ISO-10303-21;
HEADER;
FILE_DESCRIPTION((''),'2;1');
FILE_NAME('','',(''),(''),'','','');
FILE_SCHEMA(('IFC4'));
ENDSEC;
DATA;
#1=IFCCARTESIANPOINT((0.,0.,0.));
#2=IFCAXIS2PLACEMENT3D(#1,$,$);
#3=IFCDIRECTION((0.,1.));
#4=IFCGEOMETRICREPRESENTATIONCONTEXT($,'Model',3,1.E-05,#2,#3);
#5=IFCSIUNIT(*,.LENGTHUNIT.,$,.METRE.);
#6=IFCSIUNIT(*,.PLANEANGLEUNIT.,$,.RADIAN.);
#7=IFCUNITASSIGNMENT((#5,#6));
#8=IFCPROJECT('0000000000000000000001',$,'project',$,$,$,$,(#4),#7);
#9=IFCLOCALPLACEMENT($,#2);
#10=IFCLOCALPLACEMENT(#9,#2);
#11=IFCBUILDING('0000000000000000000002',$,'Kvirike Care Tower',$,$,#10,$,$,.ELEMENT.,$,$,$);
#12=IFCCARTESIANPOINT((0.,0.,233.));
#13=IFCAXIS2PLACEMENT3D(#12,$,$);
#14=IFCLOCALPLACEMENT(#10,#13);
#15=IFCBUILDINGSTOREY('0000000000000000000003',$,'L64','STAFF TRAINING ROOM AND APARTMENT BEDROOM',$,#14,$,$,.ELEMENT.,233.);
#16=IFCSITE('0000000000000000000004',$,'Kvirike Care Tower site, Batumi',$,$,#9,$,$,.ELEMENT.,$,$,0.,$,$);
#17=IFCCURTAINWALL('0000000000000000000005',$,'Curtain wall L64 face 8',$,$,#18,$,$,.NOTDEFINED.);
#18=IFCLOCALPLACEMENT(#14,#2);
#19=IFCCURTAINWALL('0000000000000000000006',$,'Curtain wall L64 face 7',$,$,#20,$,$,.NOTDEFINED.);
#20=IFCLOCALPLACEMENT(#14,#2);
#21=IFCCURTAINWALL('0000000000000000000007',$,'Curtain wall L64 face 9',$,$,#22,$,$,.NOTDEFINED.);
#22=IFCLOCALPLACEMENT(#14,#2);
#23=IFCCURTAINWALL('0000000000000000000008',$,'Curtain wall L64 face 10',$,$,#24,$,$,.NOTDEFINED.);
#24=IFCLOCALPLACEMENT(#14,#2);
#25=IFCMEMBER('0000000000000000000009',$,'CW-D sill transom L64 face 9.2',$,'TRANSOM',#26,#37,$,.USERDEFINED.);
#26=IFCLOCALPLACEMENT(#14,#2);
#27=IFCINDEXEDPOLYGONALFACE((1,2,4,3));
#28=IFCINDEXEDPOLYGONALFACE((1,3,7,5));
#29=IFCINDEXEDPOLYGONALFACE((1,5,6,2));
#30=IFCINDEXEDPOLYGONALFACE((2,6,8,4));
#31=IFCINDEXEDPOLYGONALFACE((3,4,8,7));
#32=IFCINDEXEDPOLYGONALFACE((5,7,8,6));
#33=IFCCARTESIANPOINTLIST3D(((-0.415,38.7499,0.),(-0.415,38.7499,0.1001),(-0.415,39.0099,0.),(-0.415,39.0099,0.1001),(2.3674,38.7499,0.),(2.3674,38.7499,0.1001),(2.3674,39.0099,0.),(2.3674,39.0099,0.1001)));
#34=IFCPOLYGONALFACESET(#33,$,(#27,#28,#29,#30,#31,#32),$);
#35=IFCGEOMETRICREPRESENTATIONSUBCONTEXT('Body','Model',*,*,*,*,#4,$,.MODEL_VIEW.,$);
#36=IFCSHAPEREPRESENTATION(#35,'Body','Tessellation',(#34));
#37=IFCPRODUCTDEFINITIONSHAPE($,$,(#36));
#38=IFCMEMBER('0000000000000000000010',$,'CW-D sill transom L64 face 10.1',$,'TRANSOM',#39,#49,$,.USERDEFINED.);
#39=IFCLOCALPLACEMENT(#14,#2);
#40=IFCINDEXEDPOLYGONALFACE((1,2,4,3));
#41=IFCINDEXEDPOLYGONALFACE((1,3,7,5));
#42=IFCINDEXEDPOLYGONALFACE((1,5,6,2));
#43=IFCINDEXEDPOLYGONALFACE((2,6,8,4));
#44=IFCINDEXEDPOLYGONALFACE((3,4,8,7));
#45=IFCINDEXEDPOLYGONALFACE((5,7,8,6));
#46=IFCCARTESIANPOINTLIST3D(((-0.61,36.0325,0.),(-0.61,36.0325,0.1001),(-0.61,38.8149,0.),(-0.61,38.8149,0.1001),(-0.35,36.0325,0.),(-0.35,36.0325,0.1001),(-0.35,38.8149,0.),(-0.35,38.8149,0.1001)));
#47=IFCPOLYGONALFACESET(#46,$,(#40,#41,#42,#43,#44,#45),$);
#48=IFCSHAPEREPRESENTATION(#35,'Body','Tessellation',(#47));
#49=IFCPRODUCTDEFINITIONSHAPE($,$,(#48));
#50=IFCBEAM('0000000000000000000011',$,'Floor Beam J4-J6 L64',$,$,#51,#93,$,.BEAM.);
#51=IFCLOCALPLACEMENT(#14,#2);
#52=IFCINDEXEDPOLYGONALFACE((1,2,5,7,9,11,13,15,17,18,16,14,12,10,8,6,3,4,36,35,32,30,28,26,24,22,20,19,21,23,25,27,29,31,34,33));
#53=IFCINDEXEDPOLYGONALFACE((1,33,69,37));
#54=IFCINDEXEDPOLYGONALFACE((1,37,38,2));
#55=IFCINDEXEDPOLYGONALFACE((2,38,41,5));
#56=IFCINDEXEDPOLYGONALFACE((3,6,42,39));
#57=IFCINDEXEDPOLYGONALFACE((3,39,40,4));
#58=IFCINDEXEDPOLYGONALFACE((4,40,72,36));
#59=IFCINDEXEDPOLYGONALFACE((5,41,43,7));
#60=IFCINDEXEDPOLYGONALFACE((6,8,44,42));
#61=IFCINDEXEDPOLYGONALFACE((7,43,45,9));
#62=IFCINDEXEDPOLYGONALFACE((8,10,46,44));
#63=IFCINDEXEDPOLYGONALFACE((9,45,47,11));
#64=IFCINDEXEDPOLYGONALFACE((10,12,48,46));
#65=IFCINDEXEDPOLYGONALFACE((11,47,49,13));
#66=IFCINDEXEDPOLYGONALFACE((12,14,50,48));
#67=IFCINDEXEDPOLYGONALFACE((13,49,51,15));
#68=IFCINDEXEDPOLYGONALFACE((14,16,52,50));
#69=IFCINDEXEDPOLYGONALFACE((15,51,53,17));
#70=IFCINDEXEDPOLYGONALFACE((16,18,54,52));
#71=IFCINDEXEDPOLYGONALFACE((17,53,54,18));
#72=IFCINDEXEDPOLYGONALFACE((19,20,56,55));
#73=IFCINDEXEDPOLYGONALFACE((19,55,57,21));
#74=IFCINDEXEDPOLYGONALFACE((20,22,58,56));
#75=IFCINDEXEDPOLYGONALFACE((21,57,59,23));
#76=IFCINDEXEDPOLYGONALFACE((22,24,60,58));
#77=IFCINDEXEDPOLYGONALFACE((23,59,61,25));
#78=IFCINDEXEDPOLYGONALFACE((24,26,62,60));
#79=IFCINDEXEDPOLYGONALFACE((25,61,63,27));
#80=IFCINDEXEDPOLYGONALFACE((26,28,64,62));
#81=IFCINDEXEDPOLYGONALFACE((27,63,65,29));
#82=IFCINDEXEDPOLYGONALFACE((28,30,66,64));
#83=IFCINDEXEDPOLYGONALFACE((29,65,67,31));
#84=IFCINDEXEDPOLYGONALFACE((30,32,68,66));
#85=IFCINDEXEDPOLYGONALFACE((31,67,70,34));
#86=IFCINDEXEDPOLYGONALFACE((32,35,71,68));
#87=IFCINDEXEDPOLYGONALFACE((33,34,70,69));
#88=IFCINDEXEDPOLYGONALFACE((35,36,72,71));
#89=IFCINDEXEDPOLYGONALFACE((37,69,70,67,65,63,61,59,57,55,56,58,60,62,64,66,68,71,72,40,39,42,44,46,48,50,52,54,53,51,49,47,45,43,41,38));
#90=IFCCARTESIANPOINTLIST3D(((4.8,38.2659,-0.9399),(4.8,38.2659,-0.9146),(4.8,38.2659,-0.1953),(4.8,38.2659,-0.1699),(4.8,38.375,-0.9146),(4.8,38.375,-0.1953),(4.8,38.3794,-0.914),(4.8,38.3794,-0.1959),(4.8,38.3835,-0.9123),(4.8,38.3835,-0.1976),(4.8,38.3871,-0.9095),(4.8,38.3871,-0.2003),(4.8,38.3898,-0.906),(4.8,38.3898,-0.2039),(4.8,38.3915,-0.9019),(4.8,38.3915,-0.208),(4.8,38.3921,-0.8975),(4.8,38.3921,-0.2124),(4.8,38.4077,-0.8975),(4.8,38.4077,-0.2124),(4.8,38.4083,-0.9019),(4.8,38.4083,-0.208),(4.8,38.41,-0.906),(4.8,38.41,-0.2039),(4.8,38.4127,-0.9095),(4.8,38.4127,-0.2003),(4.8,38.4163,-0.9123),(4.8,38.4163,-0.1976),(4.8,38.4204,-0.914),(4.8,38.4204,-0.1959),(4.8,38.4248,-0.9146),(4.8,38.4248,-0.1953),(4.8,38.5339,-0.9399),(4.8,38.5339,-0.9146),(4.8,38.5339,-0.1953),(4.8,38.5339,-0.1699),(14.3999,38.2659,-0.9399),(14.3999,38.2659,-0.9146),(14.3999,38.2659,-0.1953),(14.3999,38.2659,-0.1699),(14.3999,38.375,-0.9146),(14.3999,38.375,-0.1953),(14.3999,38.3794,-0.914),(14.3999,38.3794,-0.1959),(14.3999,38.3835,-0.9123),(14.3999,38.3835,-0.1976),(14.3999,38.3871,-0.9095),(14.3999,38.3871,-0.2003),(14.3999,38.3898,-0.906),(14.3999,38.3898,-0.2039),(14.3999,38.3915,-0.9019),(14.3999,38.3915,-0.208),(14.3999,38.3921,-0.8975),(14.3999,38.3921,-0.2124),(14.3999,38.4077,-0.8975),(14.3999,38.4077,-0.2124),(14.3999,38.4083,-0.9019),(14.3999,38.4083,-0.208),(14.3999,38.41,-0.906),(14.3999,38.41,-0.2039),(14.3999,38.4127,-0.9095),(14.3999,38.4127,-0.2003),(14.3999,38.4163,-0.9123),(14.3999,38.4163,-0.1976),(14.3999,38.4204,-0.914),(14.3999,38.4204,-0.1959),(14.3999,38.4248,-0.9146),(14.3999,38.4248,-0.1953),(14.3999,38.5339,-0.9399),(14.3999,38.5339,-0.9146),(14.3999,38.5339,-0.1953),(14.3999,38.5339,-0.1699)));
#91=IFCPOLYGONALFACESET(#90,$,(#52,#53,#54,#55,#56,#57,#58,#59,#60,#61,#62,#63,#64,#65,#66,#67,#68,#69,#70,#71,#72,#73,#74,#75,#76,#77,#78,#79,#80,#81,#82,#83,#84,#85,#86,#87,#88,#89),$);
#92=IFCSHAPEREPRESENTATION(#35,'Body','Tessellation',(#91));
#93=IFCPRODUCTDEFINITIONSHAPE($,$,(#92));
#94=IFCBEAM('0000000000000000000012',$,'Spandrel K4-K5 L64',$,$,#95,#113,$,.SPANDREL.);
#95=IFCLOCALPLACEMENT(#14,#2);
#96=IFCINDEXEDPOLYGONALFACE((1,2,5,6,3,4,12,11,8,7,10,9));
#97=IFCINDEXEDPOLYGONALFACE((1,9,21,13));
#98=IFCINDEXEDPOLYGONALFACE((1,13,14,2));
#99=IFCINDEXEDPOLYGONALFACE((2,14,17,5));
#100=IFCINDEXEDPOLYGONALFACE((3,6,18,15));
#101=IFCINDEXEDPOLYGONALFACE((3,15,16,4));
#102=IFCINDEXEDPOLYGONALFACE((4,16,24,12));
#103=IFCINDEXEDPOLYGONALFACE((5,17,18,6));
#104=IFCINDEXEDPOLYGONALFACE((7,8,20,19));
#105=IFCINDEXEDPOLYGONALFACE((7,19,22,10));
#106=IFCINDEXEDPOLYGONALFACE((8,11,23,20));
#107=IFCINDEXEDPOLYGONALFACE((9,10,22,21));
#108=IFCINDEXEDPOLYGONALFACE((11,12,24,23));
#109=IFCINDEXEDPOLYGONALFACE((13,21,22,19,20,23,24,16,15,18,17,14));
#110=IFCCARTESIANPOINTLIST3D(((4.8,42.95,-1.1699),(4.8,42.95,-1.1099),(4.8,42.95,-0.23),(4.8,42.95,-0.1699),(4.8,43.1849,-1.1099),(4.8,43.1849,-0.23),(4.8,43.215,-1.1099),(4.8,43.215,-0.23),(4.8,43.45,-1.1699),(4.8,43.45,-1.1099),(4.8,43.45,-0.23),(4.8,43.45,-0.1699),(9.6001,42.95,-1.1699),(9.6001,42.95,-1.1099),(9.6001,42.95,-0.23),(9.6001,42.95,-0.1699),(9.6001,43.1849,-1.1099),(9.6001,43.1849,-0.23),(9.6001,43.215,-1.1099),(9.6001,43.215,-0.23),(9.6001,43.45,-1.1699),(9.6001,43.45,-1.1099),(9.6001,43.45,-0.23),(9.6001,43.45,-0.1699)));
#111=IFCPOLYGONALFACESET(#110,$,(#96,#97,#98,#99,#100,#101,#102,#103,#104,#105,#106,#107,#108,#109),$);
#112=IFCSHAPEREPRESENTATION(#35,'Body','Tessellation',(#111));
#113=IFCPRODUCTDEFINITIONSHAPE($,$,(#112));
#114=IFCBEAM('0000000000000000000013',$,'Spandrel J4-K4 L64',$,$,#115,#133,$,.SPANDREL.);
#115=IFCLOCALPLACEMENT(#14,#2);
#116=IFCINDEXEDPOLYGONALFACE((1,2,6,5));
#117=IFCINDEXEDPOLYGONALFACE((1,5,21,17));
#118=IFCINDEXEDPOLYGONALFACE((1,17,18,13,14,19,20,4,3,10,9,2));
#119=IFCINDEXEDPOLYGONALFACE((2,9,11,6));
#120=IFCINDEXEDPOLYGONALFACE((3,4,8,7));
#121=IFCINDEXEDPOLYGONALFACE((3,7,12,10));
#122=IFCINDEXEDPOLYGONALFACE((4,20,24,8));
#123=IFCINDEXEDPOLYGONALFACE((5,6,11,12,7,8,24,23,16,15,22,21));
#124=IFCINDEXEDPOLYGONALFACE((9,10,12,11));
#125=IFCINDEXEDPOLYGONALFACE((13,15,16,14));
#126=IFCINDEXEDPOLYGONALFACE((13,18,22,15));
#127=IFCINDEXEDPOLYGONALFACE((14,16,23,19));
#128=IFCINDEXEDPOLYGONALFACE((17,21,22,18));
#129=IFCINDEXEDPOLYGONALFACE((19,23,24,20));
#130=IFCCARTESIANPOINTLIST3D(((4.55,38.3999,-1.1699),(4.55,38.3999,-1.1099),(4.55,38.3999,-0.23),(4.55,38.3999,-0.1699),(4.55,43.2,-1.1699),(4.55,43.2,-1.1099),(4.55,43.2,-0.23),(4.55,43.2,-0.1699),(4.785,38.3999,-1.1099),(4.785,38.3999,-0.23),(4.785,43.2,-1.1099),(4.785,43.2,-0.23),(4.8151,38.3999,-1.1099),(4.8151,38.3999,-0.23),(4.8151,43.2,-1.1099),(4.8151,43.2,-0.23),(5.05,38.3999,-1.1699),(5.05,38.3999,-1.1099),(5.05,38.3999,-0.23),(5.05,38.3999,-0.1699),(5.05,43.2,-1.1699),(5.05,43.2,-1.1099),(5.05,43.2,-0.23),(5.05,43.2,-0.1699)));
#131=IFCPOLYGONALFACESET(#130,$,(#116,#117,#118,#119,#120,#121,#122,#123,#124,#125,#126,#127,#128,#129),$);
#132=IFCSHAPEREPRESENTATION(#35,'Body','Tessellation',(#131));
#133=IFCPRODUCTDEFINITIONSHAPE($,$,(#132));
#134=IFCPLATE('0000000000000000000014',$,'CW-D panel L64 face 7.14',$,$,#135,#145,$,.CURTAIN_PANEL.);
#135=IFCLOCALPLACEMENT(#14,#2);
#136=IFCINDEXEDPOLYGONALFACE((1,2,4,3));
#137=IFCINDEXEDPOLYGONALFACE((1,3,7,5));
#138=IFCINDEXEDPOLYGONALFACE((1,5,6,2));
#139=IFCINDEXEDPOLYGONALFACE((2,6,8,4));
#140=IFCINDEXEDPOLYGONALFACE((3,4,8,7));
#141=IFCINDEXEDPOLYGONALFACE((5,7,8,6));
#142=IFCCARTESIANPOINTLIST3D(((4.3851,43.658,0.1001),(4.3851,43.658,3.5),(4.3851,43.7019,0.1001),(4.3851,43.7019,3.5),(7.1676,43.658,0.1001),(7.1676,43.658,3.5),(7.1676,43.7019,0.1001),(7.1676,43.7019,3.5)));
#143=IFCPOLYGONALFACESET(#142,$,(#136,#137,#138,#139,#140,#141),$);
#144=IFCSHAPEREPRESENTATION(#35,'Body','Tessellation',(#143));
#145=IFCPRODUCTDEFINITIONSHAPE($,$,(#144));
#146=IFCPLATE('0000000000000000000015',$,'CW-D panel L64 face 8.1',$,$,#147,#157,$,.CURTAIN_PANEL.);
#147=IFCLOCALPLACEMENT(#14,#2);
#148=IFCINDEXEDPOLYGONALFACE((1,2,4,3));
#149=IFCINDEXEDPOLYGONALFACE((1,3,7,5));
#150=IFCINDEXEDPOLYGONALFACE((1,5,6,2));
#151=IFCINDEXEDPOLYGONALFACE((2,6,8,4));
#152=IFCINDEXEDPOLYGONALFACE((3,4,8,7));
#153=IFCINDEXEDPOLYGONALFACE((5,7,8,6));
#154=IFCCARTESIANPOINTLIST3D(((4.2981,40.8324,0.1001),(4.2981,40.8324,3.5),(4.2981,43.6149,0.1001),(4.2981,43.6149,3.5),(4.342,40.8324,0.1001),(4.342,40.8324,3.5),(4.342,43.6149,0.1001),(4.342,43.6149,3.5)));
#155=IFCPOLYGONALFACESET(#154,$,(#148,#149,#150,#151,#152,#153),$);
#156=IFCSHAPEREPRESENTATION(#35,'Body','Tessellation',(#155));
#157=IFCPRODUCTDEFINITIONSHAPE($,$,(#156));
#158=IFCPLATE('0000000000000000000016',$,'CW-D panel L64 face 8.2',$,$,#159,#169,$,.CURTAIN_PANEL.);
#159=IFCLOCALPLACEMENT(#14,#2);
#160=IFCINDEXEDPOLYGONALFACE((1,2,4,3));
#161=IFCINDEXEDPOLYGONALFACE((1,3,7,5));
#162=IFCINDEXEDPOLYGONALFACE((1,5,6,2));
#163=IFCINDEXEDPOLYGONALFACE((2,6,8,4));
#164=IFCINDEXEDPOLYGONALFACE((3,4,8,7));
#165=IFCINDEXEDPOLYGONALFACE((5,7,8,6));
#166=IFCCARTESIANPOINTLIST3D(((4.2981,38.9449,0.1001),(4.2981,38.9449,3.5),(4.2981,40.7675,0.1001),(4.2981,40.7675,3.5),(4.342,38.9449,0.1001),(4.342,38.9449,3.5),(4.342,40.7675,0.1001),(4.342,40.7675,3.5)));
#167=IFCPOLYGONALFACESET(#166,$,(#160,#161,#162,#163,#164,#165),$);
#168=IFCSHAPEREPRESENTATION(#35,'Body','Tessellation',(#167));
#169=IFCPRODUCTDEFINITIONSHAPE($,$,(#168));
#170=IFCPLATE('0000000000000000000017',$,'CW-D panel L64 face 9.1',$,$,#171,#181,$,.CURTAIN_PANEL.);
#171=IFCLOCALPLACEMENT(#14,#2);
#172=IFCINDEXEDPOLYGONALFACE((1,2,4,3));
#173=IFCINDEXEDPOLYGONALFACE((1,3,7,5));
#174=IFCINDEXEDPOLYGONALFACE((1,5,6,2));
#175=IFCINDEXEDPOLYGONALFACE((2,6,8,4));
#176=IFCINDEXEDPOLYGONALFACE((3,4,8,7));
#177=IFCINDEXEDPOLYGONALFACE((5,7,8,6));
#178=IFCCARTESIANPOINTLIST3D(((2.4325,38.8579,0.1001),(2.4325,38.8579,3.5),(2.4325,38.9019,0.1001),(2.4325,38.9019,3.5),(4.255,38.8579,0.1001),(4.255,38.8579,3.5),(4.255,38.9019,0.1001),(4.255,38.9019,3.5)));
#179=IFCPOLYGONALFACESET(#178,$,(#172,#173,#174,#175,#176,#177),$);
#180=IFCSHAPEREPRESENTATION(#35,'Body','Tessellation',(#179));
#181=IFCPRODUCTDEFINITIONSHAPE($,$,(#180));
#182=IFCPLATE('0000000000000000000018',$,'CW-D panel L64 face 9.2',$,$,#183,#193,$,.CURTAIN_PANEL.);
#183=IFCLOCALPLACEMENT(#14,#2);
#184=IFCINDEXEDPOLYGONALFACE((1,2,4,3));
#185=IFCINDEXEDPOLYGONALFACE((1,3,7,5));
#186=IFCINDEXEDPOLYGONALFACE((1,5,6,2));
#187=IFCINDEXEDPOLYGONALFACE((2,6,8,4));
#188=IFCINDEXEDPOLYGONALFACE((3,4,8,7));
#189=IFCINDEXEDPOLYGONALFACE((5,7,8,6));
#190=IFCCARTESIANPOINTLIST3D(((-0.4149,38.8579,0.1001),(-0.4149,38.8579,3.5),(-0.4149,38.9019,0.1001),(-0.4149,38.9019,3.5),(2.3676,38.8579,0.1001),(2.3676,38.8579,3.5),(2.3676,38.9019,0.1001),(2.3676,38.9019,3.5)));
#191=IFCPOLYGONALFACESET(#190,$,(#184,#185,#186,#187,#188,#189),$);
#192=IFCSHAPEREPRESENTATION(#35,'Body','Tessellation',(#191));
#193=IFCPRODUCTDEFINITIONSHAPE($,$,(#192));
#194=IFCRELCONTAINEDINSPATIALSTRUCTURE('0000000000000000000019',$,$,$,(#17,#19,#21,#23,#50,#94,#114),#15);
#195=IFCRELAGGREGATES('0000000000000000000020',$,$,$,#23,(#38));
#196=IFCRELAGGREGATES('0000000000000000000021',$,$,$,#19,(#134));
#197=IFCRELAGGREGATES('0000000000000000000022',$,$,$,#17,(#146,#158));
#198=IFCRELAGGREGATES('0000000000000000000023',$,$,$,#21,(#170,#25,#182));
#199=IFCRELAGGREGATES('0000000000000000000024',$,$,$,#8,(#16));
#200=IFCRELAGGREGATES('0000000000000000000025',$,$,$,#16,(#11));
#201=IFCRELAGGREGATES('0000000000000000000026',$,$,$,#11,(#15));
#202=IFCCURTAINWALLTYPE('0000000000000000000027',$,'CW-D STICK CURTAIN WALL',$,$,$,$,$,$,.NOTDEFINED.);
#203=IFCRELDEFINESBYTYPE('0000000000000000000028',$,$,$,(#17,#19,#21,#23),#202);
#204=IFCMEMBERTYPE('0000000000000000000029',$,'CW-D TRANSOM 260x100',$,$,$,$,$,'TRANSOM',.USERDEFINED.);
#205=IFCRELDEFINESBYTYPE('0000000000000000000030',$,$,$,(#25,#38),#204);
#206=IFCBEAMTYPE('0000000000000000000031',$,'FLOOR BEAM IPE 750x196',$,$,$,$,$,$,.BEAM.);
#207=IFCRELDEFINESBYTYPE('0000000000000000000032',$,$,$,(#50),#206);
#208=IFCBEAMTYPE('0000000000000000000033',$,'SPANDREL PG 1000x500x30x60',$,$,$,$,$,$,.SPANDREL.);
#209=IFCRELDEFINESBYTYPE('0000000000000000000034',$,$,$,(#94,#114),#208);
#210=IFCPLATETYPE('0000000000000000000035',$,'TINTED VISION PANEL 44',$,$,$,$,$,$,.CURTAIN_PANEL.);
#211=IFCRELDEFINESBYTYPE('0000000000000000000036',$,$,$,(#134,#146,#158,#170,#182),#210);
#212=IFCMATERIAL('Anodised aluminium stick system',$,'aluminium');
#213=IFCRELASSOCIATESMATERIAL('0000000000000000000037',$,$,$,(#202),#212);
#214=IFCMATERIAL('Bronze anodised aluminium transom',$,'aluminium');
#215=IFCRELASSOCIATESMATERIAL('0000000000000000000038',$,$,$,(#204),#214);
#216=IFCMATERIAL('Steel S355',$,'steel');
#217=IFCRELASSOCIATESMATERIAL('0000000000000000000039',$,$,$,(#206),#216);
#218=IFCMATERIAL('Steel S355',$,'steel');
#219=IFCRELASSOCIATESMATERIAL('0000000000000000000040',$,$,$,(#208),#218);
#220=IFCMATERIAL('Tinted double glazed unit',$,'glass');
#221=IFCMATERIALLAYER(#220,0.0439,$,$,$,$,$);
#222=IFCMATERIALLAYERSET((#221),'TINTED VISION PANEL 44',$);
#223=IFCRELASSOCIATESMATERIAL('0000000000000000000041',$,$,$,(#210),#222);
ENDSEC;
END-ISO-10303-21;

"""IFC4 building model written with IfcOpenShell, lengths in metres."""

from ifc_helpers import new_model, si_unit, direction, frame, origin, origin_2d, place, context, subcontext, project, spatial, rectangle, i_section, extrude, material, layer, layer_set, material_profile, profile_set, type_object, element, aggregate, save


model = new_model("IFC4")

# Units and contexts
model_context = context("Model", 3, precision=1e-05, world=origin(), true_north=direction((0.0, 1.0)))
body_context = subcontext(model_context, "Body", "Model", "MODEL_VIEW")
ifc_project = project(units=[si_unit("LENGTHUNIT", "METRE"), si_unit("PLANEANGLEUNIT", "RADIAN")], contexts=[model_context])

# Site, building, storey
site_placement = place(None, origin())
site = spatial("IfcSite", under=ifc_project, at=site_placement, Name="Kvirike Care Tower site, Batumi", CompositionType="ELEMENT", RefElevation=0.0)
building_placement = place(site_placement, origin())
building = spatial("IfcBuilding", under=site, at=building_placement, Name="Kvirike Care Tower", CompositionType="ELEMENT")
storey_placement = place(building_placement, frame((0.0, 0.0, 233.0)))
storey = spatial("IfcBuildingStorey", under=building, at=storey_placement, Name="L64", Description="STAFF TRAINING ROOM AND APARTMENT BEDROOM", CompositionType="ELEMENT", Elevation=233.0)

# Curtain walls
ifc_material_1 = material(Name="Anodised aluminium stick system", Category="aluminium")
curtain_wall_type = type_object("IfcCurtainWallType", Name="CW-D STICK CURTAIN WALL", PredefinedType="NOTDEFINED", material=ifc_material_1)
curtain_wall_1_placement = place(storey_placement, origin())
curtain_wall_1 = element("IfcCurtainWall", 1, at=curtain_wall_1_placement, inside=storey, type_object=curtain_wall_type, Name="Curtain wall L64 face 8", PredefinedType="NOTDEFINED")
curtain_wall_2_placement = place(storey_placement, origin())
curtain_wall_2 = element("IfcCurtainWall", 2, at=curtain_wall_2_placement, inside=storey, type_object=curtain_wall_type, Name="Curtain wall L64 face 7", PredefinedType="NOTDEFINED")

# Curtain wall
curtain_wall_3_placement = place(storey_placement, origin())
curtain_wall_3 = element("IfcCurtainWall", 3, at=curtain_wall_3_placement, inside=storey, type_object=curtain_wall_type, Name="Curtain wall L64 face 9", PredefinedType="NOTDEFINED")

# Curtain wall
curtain_wall_4_placement = place(storey_placement, origin())
curtain_wall_4 = element("IfcCurtainWall", 4, at=curtain_wall_4_placement, inside=storey, type_object=curtain_wall_type, Name="Curtain wall L64 face 10", PredefinedType="NOTDEFINED")

# Members
ifc_material_2 = material(Name="Bronze anodised aluminium transom", Category="aluminium")
ifc_material_profile_1 = material_profile(ifc_material_2, rectangle(XDim=0.26, YDim=0.1001, at=origin_2d()), Name="CW-D TRANSOM 260x100")
ifc_profile_set_1 = profile_set([ifc_material_profile_1], Name="Bronze anodised aluminium transom")
member_type_1 = type_object("IfcMemberType", Name="CW-D TRANSOM 260x100", ElementType="TRANSOM", PredefinedType="USERDEFINED", material=ifc_profile_set_1)
member_1_placement = place(storey_placement, frame((2.3674, 38.8799, 0.05), z_axis=(-1.0, 0.0, 0.0), x_axis=(0.0, -1.0, 0.0)))
member_1 = element("IfcMember", 5, at=member_1_placement, type_object=member_type_1, Name="CW-D sill transom L64 face 9.2", ObjectType="TRANSOM", PredefinedType="USERDEFINED", context=body_context, shape_type="SweptSolid", body=[
    extrude(rectangle(XDim=0.26, YDim=0.1001, at=origin_2d()), origin(), (0.0, 0.0, 1.0), 2.7825),
])
member_2_placement = place(storey_placement, frame((-0.48, 38.8149, 0.05), z_axis=(0.0, -1.0, 0.0), x_axis=(1.0, 0.0, 0.0)))
member_2 = element("IfcMember", 6, at=member_2_placement, type_object=member_type_1, Name="CW-D sill transom L64 face 10.1", ObjectType="TRANSOM", PredefinedType="USERDEFINED", context=body_context, shape_type="SweptSolid", body=[
    extrude(rectangle(XDim=0.26, YDim=0.1001, at=origin_2d()), origin(), (0.0, 0.0, 1.0), 2.7825),
])
aggregate(curtain_wall_4, [member_2])

# Beams
ifc_material_3 = material(Name="Steel S355", Category="steel")
ifc_material_profile_2 = material_profile(ifc_material_3, i_section(OverallWidth=0.2681, OverallDepth=0.77, WebThickness=0.0156, FlangeThickness=0.0254, FilletRadius=0.0171, at=origin_2d()), Name="IPE 750x196")
ifc_profile_set_2 = profile_set([ifc_material_profile_2], Name="Steel S355")
beam_type_1 = type_object("IfcBeamType", Name="FLOOR BEAM IPE 750x196", PredefinedType="BEAM", material=ifc_profile_set_2)
beam_placement = place(storey_placement, frame((4.8, 38.3999, -0.5549), z_axis=(1.0, 0.0, 0.0), x_axis=(0.0, 1.0, 0.0)))
element("IfcBeam", 7, at=beam_placement, inside=storey, type_object=beam_type_1, Name="Floor Beam J4-J6 L64", PredefinedType="BEAM", context=body_context, shape_type="SweptSolid", body=[
    extrude(i_section(OverallWidth=0.2681, OverallDepth=0.77, WebThickness=0.0156, FlangeThickness=0.0254, FilletRadius=0.0171, at=origin_2d()), origin(), (0.0, 0.0, 1.0), 9.5999),
])
ifc_material_4 = material(Name="Steel S355", Category="steel")
ifc_material_profile_3 = material_profile(ifc_material_4, i_section(OverallWidth=0.5, OverallDepth=1.0, WebThickness=0.03, FlangeThickness=0.0601, at=origin_2d()), Name="PG 1000x500x30x60")
ifc_profile_set_3 = profile_set([ifc_material_profile_3], Name="Steel S355")
beam_type_2 = type_object("IfcBeamType", Name="SPANDREL PG 1000x500x30x60", PredefinedType="SPANDREL", material=ifc_profile_set_3)
for number, where, z_axis, x_axis, name in (
    (8, (4.8, 43.2, -0.6699), (1.0, 0.0, 0.0), (0.0, 1.0, 0.0), "Spandrel K4-K5 L64"),
    (9, (4.8, 38.3999, -0.6699), (0.0, 1.0, 0.0), (-1.0, 0.0, 0.0), "Spandrel J4-K4 L64"),
):
    element("IfcBeam", number, at=place(storey_placement, frame(where, z_axis=z_axis, x_axis=x_axis)), inside=storey, type_object=beam_type_2, Name=name, PredefinedType="SPANDREL", context=body_context, shape_type="SweptSolid", body=[
        extrude(i_section(OverallWidth=0.5, OverallDepth=1.0, WebThickness=0.03, FlangeThickness=0.0601, at=origin_2d()), origin(), (0.0, 0.0, 1.0), 4.8),
    ])

# Plates
ifc_material_5 = material(Name="Tinted double glazed unit", Category="glass")
ifc_layer_1 = layer(ifc_material_5, 0.0439)
ifc_layer_set_1 = layer_set([ifc_layer_1], Name="TINTED VISION PANEL 44")
plate_type = type_object("IfcPlateType", Name="TINTED VISION PANEL 44", PredefinedType="CURTAIN_PANEL", material=ifc_layer_set_1)
plate_1_placement = place(storey_placement, frame((5.7764, 43.6799, 0.1001), z_axis=(0.0, 0.0, 1.0), x_axis=(-1.0, 0.0, 0.0)))
plate_1 = element("IfcPlate", 10, at=plate_1_placement, type_object=plate_type, Name="CW-D panel L64 face 7.14", PredefinedType="CURTAIN_PANEL", context=body_context, shape_type="SweptSolid", body=[
    extrude(rectangle(XDim=2.7825, YDim=0.0439, at=origin_2d()), origin(), (0.0, 0.0, 1.0), 3.3999),
])
aggregate(curtain_wall_2, [plate_1])
plate_2_placement = place(storey_placement, frame((4.3201, 42.2236, 0.1001), z_axis=(0.0, 0.0, 1.0), x_axis=(0.0, -1.0, 0.0)))
plate_2 = element("IfcPlate", 11, at=plate_2_placement, type_object=plate_type, Name="CW-D panel L64 face 8.1", PredefinedType="CURTAIN_PANEL", context=body_context, shape_type="SweptSolid", body=[
    extrude(rectangle(XDim=2.7825, YDim=0.0439, at=origin_2d()), origin(), (0.0, 0.0, 1.0), 3.3999),
])
plate_3_placement = place(storey_placement, frame((4.3201, 39.8562, 0.1001), z_axis=(0.0, 0.0, 1.0), x_axis=(0.0, -1.0, 0.0)))
plate_3 = element("IfcPlate", 12, at=plate_3_placement, type_object=plate_type, Name="CW-D panel L64 face 8.2", PredefinedType="CURTAIN_PANEL", context=body_context, shape_type="SweptSolid", body=[
    extrude(rectangle(XDim=1.8225, YDim=0.0439, at=origin_2d()), origin(), (0.0, 0.0, 1.0), 3.3999),
])
aggregate(curtain_wall_1, [plate_2, plate_3])
plate_4_placement = place(storey_placement, frame((3.3438, 38.8799, 0.1001), z_axis=(0.0, 0.0, 1.0), x_axis=(-1.0, 0.0, 0.0)))
plate_4 = element("IfcPlate", 13, at=plate_4_placement, type_object=plate_type, Name="CW-D panel L64 face 9.1", PredefinedType="CURTAIN_PANEL", context=body_context, shape_type="SweptSolid", body=[
    extrude(rectangle(XDim=1.8225, YDim=0.0439, at=origin_2d()), origin(), (0.0, 0.0, 1.0), 3.3999),
])
plate_5_placement = place(storey_placement, frame((0.9763, 38.8799, 0.1001), z_axis=(0.0, 0.0, 1.0), x_axis=(-1.0, 0.0, 0.0)))
plate_5 = element("IfcPlate", 14, at=plate_5_placement, type_object=plate_type, Name="CW-D panel L64 face 9.2", PredefinedType="CURTAIN_PANEL", context=body_context, shape_type="SweptSolid", body=[
    extrude(rectangle(XDim=2.7825, YDim=0.0439, at=origin_2d()), origin(), (0.0, 0.0, 1.0), 3.3999),
])
aggregate(curtain_wall_3, [plate_4, member_1, plate_5])

save(model, "model.ifc")
